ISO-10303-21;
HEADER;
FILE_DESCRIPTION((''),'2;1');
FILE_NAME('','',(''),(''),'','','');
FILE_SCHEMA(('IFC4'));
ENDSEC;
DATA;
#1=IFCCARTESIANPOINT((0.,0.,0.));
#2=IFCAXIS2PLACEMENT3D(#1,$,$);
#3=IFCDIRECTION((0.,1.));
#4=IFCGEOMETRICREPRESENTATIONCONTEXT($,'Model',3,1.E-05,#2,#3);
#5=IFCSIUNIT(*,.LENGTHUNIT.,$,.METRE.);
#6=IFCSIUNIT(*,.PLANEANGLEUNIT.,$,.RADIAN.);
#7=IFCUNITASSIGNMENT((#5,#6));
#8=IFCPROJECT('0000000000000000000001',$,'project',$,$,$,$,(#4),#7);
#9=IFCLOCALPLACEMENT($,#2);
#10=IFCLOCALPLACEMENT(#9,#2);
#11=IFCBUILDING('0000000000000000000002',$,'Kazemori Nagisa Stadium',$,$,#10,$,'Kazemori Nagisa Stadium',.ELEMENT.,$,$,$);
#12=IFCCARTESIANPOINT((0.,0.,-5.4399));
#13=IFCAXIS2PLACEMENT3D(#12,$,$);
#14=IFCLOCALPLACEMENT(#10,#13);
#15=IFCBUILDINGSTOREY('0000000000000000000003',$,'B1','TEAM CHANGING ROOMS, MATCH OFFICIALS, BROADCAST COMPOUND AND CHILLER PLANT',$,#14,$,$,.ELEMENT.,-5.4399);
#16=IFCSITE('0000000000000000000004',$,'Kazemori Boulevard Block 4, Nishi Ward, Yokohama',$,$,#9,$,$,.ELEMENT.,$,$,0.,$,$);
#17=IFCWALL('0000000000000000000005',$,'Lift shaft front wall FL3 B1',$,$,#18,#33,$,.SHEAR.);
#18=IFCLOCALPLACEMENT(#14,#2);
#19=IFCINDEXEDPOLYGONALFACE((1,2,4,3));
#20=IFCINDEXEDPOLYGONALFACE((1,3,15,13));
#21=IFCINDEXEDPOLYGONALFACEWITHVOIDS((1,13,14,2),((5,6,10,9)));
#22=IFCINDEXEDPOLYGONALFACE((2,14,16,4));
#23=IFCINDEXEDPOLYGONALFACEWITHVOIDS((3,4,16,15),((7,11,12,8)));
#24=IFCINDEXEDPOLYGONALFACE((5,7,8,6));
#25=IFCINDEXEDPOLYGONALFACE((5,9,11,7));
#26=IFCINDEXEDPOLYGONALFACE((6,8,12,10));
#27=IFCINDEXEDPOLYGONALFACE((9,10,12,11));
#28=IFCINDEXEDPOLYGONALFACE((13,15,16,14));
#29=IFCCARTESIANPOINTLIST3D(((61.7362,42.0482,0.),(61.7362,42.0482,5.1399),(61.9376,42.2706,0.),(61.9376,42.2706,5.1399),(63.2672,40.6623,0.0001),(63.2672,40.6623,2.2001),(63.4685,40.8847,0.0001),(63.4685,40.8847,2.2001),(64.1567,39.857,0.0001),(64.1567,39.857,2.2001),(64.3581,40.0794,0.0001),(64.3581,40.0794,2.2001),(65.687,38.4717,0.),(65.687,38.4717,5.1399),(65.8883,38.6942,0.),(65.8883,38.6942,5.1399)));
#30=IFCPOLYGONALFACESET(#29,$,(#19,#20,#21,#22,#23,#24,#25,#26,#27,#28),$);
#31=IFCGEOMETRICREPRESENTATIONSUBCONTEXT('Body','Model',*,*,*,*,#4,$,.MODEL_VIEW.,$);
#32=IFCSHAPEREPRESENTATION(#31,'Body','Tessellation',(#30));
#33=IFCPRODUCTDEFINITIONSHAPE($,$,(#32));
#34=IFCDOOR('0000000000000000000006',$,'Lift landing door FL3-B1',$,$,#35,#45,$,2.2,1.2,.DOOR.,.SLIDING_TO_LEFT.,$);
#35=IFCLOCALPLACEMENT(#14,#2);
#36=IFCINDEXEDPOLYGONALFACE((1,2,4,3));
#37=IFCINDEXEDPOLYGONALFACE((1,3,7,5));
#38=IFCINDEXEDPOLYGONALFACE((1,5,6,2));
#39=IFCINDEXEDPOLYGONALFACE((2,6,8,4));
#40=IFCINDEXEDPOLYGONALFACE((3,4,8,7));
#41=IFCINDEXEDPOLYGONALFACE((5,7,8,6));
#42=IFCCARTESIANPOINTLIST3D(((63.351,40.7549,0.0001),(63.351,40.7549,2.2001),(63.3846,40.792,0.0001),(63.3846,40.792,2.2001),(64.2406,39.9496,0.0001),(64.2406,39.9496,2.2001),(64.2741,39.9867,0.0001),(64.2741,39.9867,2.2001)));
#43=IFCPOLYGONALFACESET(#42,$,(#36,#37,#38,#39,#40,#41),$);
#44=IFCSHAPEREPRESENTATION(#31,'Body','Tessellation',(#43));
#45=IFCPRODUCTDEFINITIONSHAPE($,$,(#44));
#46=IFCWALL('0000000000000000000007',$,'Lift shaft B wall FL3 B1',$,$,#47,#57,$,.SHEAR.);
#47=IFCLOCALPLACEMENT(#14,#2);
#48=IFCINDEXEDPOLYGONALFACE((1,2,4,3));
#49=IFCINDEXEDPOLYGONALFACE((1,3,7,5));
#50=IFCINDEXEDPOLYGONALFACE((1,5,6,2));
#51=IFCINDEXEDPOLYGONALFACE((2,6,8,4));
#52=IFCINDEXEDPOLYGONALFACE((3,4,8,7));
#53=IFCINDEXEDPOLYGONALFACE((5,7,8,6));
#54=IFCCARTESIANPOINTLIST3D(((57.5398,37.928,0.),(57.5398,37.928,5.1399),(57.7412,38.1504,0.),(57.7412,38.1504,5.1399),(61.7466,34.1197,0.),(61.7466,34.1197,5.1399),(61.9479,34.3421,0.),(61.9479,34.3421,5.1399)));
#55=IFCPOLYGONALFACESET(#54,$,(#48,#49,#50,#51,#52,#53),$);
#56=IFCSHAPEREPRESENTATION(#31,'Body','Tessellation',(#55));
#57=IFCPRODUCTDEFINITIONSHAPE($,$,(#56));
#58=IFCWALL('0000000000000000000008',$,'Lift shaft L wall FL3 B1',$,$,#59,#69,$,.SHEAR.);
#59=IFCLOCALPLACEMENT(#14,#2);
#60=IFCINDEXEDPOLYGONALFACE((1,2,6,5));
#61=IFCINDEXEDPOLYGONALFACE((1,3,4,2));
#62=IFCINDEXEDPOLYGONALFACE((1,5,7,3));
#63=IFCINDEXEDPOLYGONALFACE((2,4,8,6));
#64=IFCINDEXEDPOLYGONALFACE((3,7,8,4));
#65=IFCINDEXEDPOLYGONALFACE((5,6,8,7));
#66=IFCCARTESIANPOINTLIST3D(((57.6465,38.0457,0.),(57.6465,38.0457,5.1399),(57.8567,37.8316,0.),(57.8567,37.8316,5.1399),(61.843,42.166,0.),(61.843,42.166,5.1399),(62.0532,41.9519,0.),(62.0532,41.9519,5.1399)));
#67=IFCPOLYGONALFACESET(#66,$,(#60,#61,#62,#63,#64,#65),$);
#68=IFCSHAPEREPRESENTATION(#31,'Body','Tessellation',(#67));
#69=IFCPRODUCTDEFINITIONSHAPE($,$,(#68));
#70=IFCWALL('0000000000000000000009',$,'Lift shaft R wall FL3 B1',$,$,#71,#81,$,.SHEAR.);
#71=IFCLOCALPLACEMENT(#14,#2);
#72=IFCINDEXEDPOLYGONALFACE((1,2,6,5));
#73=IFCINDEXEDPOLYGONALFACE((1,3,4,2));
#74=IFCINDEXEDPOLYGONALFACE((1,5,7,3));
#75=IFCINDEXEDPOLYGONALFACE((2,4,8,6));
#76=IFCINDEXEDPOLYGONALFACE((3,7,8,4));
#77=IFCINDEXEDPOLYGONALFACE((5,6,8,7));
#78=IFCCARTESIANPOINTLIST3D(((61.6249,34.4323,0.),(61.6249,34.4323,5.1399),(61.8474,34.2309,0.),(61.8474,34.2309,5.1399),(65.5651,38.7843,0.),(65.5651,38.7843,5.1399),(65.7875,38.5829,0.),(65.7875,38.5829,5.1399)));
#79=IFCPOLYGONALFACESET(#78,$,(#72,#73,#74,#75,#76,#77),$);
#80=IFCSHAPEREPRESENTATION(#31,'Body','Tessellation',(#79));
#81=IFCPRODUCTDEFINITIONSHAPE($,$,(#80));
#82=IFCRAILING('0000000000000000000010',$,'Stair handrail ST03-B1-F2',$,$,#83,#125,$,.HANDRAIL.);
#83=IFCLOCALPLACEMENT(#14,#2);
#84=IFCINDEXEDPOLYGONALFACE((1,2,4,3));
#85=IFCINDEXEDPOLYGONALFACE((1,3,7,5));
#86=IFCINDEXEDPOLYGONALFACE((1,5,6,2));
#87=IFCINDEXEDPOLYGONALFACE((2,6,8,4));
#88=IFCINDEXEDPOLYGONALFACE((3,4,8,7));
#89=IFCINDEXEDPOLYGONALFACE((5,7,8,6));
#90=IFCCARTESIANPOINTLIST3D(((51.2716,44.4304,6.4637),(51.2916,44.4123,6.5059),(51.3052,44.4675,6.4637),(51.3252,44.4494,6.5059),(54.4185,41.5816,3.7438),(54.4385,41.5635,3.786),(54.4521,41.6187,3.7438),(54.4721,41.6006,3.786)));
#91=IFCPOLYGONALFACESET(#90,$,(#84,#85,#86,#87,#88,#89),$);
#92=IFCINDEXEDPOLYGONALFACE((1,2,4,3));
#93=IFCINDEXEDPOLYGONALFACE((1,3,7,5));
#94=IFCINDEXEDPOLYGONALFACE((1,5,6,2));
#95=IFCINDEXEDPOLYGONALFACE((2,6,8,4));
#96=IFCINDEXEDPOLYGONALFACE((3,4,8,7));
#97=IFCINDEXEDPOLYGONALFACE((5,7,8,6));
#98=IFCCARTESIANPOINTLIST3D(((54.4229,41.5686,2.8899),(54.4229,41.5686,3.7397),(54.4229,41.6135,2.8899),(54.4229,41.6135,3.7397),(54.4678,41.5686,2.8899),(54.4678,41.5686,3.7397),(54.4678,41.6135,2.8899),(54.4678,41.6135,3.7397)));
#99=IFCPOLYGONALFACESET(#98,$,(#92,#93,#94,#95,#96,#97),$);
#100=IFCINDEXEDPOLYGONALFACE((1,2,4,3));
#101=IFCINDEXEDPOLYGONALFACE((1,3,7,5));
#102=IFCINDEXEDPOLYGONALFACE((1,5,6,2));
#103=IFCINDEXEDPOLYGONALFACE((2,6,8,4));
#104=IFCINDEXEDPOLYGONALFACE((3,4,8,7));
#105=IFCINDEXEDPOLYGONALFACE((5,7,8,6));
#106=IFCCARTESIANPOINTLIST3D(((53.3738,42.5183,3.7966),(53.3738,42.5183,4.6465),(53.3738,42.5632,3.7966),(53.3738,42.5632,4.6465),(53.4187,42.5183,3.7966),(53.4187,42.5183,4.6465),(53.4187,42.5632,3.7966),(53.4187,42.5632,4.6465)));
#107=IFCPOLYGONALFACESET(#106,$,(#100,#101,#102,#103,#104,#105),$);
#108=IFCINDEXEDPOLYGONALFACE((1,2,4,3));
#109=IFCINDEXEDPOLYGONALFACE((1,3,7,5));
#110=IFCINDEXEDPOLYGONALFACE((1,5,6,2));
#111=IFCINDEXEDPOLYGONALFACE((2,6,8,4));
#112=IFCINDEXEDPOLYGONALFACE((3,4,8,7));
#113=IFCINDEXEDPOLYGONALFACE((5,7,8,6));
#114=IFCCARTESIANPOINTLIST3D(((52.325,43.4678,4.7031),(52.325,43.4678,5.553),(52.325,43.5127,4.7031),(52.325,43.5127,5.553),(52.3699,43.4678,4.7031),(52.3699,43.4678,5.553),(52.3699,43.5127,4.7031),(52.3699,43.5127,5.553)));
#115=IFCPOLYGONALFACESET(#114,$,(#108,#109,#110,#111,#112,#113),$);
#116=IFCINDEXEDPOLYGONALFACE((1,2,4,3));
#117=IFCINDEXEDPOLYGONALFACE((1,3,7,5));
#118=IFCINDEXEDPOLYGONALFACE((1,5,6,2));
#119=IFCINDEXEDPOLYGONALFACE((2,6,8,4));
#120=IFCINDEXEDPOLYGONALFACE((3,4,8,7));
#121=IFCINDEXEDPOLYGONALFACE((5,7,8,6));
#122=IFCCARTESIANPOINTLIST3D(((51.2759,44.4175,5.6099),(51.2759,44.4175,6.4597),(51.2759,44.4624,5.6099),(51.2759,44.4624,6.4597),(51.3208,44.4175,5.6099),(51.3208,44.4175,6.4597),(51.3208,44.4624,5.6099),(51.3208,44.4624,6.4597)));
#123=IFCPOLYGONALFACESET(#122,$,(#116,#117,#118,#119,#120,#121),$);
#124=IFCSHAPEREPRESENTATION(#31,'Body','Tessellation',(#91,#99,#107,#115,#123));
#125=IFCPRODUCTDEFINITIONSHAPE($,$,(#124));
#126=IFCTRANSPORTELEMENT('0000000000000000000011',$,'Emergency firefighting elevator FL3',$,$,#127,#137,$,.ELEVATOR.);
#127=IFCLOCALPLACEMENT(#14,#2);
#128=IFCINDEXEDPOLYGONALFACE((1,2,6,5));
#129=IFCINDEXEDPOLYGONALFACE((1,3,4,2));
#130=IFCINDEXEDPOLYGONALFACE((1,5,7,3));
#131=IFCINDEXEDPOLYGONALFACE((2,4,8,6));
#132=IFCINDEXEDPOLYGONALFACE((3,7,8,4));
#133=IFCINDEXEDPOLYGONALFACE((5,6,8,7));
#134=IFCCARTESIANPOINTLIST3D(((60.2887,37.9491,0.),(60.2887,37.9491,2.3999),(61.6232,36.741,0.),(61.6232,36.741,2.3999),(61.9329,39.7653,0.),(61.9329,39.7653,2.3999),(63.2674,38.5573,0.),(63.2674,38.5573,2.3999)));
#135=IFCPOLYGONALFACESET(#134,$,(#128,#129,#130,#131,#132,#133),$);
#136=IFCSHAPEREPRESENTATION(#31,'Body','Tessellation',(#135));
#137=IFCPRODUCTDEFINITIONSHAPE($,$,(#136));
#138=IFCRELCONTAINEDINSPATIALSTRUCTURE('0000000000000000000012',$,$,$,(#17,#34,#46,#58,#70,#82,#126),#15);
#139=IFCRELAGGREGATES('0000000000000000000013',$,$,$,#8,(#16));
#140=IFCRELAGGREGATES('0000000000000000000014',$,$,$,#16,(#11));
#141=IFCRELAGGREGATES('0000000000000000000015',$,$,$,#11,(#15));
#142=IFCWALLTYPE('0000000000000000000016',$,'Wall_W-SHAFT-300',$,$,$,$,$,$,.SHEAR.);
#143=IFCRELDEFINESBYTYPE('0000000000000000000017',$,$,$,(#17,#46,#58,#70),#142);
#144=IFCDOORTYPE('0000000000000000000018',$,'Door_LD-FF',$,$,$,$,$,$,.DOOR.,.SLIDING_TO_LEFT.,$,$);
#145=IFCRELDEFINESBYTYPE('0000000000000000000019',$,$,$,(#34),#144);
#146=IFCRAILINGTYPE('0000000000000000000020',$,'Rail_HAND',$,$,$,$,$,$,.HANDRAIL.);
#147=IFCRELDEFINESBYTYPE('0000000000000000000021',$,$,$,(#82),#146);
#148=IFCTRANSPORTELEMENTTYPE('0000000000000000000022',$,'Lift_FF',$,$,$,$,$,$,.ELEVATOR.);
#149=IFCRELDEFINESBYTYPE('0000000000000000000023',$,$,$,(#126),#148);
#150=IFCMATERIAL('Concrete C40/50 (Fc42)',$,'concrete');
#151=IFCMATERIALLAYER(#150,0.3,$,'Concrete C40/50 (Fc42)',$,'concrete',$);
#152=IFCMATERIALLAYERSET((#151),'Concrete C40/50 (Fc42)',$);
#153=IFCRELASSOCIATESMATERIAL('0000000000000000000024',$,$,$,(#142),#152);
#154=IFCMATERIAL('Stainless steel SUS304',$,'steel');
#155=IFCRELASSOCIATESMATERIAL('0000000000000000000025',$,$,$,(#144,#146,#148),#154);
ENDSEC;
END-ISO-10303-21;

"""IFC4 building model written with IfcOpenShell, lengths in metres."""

from ifc_helpers import new_model, si_unit, direction, frame, frame_2d, origin, origin_2d, place, context, subcontext, project, spatial, rectangle, extrude, material, layer, layer_set, type_object, element, fill, save


model = new_model("IFC4")

# Units and contexts
model_context = context("Model", 3, precision=1e-05, world=origin(), true_north=direction((0.0, 1.0)))
body_context = subcontext(model_context, "Body", "Model", "MODEL_VIEW")
ifc_project = project(units=[si_unit("LENGTHUNIT", "METRE"), si_unit("PLANEANGLEUNIT", "RADIAN")], contexts=[model_context])

# Site, building, storey
site_placement = place(None, origin())
site = spatial("IfcSite", under=ifc_project, at=site_placement, Name="Kazemori Boulevard Block 4, Nishi Ward, Yokohama", CompositionType="ELEMENT", RefElevation=0.0)
building_placement = place(site_placement, origin())
building = spatial("IfcBuilding", under=site, at=building_placement, Name="Kazemori Nagisa Stadium", LongName="Kazemori Nagisa Stadium", CompositionType="ELEMENT")
storey_placement = place(building_placement, frame((0.0, 0.0, -5.4399)))
storey = spatial("IfcBuildingStorey", under=building, at=storey_placement, Name="B1", Description="TEAM CHANGING ROOMS, MATCH OFFICIALS, BROADCAST COMPOUND AND CHILLER PLANT", CompositionType="ELEMENT", Elevation=-5.4399)

# Shared definitions
ifc_material_1 = material(Name="Concrete C40/50 (Fc42)", Category="concrete")

# Wall, opening, door
ifc_layer_1 = layer(ifc_material_1, 0.3, Name="Concrete C40/50 (Fc42)", Category="concrete")
ifc_layer_set_1 = layer_set([ifc_layer_1], Name="Concrete C40/50 (Fc42)")
wall_type_1 = type_object("IfcWallType", Name="Wall_W-SHAFT-300", PredefinedType="SHEAR", material=ifc_layer_set_1)
wall_1_placement = place(storey_placement, frame((61.8369, 42.1594, 0.0), z_axis=(0.0, 0.0, 1.0), x_axis=(0.74135, -0.671118, 0.0)))
wall_1 = element("IfcWall", 1, at=wall_1_placement, inside=storey, type_object=wall_type_1, Name="Lift shaft front wall FL3 B1", PredefinedType="SHEAR", context=body_context, shape_type="SweptSolid", body=[
    extrude(rectangle(XDim=5.3291, YDim=0.3, at=frame_2d((2.6646, 0.0))), origin(), (0.0, 0.0, 1.0), 5.1399),
])
opening_1_placement = place(wall_1_placement, frame((2.0649, 0.0, 0.0)))
opening_1 = element("IfcOpeningElement", 2, at=opening_1_placement, cuts=wall_1, PredefinedType="OPENING", context=body_context, shape_type="SweptSolid", body=[
    extrude(rectangle(XDim=1.2, YDim=2.2, at=frame_2d((0.6001, 1.1001))), frame((0.0, 0.1599, 0.0), z_axis=(0.0, -1.0, 0.0), x_axis=(1.0, 0.0, 0.0)), (0.0, 0.0, 1.0), 0.3201),
])
ifc_material_2 = material(Name="Stainless steel SUS304", Category="steel")
door_type_1 = type_object("IfcDoorType", Name="Door_LD-FF", OperationType="SLIDING_TO_LEFT", PredefinedType="DOOR", material=ifc_material_2)
door_1_placement = place(opening_1_placement, origin())
door_1 = element("IfcDoor", 3, at=door_1_placement, inside=storey, type_object=door_type_1, Name="Lift landing door FL3-B1", OperationType="SLIDING_TO_LEFT", OverallHeight=2.2, OverallWidth=1.2, PredefinedType="DOOR", context=body_context, shape_type="SweptSolid", body=[
    extrude(rectangle(XDim=1.2, YDim=2.2, at=frame_2d((0.6001, 1.1001))), frame((0.0, 0.0249, 0.0), z_axis=(0.0, -1.0, 0.0), x_axis=(1.0, 0.0, 0.0)), (0.0, 0.0, 1.0), 0.05),
])
fill(opening_1, door_1)

# Walls
wall_2_placement = place(storey_placement, frame((57.6404, 38.0393, 0.0), z_axis=(0.0, 0.0, 1.0), x_axis=(0.741342, -0.671127, 0.0)))
element("IfcWall", 4, at=wall_2_placement, inside=storey, type_object=wall_type_1, Name="Lift shaft B wall FL3 B1", PredefinedType="SHEAR", context=body_context, shape_type="SweptSolid", body=[
    extrude(rectangle(XDim=5.6746, YDim=0.3, at=frame_2d((2.8374, 0.0))), origin(), (0.0, 0.0, 1.0), 5.1399),
])
wall_3_placement = place(storey_placement, frame((61.948, 42.0588, 0.0), z_axis=(0.0, 0.0, 1.0), x_axis=(-0.713553, -0.700601, 0.0)))
element("IfcWall", 5, at=wall_3_placement, inside=storey, type_object=wall_type_1, Name="Lift shaft L wall FL3 B1", PredefinedType="SHEAR", context=body_context, shape_type="SweptSolid", body=[
    extrude(rectangle(XDim=5.8811, YDim=0.3, at=frame_2d((2.9404, 0.0))), origin(), (0.0, 0.0, 1.0), 5.1399),
])
wall_4_placement = place(storey_placement, frame((65.6763, 38.6836, 0.0), z_axis=(0.0, 0.0, 1.0), x_axis=(-0.671158, -0.741314, 0.0)))
element("IfcWall", 6, at=wall_4_placement, inside=storey, type_object=wall_type_1, Name="Lift shaft R wall FL3 B1", PredefinedType="SHEAR", context=body_context, shape_type="SweptSolid", body=[
    extrude(rectangle(XDim=5.8706, YDim=0.3, at=frame_2d((2.9353, 0.0))), origin(), (0.0, 0.0, 1.0), 5.1399),
])

# Railing
railing_type = type_object("IfcRailingType", Name="Rail_HAND", PredefinedType="HANDRAIL", material=ifc_material_2)
railing_placement = place(storey_placement, frame((54.4453, 41.5911, 2.8899)))
element("IfcRailing", 7, at=railing_placement, inside=storey, type_object=railing_type, Name="Stair handrail ST03-B1-F2", PredefinedType="HANDRAIL", context=body_context, shape_type="SweptSolid", body=[
    extrude(rectangle(XDim=0.05, YDim=0.05, at=origin_2d()), frame((0.0, 0.0, 0.875), z_axis=(-0.624201, 0.565073, 0.539505), x_axis=(-0.671123, -0.741346, 0.0)), (0.0, 0.0, 1.0), 5.0415),
    extrude(rectangle(XDim=0.0449, YDim=0.0449, at=origin_2d()), origin(), (0.0, 0.0, 1.0), 0.8499),
    extrude(rectangle(XDim=0.0449, YDim=0.0449, at=origin_2d()), frame((-1.0491, 0.9497, 0.9067)), (0.0, 0.0, 1.0), 0.8499),
    extrude(rectangle(XDim=0.0449, YDim=0.0449, at=origin_2d()), frame((-2.0979, 1.8992, 1.8132)), (0.0, 0.0, 1.0), 0.8499),
    extrude(rectangle(XDim=0.0449, YDim=0.0449, at=origin_2d()), frame((-3.147, 2.8489, 2.72)), (0.0, 0.0, 1.0), 0.8499),
])

# Transport element
transport_element_type = type_object("IfcTransportElementType", Name="Lift_FF", PredefinedType="ELEVATOR", material=ifc_material_2)
transport_element_placement = place(storey_placement, frame((61.7781, 38.2532, 0.0), z_axis=(0.0, 0.0, 1.0), x_axis=(0.741351, -0.671118, 0.0)))
element("IfcTransportElement", 8, at=transport_element_placement, inside=storey, type_object=transport_element_type, Name="Emergency firefighting elevator FL3", PredefinedType="ELEVATOR", context=body_context, shape_type="SweptSolid", body=[
    extrude(rectangle(XDim=1.8, YDim=2.45, at=origin_2d()), origin(), (0.0, 0.0, 1.0), 2.3999),
])

save(model, "model.ifc")
